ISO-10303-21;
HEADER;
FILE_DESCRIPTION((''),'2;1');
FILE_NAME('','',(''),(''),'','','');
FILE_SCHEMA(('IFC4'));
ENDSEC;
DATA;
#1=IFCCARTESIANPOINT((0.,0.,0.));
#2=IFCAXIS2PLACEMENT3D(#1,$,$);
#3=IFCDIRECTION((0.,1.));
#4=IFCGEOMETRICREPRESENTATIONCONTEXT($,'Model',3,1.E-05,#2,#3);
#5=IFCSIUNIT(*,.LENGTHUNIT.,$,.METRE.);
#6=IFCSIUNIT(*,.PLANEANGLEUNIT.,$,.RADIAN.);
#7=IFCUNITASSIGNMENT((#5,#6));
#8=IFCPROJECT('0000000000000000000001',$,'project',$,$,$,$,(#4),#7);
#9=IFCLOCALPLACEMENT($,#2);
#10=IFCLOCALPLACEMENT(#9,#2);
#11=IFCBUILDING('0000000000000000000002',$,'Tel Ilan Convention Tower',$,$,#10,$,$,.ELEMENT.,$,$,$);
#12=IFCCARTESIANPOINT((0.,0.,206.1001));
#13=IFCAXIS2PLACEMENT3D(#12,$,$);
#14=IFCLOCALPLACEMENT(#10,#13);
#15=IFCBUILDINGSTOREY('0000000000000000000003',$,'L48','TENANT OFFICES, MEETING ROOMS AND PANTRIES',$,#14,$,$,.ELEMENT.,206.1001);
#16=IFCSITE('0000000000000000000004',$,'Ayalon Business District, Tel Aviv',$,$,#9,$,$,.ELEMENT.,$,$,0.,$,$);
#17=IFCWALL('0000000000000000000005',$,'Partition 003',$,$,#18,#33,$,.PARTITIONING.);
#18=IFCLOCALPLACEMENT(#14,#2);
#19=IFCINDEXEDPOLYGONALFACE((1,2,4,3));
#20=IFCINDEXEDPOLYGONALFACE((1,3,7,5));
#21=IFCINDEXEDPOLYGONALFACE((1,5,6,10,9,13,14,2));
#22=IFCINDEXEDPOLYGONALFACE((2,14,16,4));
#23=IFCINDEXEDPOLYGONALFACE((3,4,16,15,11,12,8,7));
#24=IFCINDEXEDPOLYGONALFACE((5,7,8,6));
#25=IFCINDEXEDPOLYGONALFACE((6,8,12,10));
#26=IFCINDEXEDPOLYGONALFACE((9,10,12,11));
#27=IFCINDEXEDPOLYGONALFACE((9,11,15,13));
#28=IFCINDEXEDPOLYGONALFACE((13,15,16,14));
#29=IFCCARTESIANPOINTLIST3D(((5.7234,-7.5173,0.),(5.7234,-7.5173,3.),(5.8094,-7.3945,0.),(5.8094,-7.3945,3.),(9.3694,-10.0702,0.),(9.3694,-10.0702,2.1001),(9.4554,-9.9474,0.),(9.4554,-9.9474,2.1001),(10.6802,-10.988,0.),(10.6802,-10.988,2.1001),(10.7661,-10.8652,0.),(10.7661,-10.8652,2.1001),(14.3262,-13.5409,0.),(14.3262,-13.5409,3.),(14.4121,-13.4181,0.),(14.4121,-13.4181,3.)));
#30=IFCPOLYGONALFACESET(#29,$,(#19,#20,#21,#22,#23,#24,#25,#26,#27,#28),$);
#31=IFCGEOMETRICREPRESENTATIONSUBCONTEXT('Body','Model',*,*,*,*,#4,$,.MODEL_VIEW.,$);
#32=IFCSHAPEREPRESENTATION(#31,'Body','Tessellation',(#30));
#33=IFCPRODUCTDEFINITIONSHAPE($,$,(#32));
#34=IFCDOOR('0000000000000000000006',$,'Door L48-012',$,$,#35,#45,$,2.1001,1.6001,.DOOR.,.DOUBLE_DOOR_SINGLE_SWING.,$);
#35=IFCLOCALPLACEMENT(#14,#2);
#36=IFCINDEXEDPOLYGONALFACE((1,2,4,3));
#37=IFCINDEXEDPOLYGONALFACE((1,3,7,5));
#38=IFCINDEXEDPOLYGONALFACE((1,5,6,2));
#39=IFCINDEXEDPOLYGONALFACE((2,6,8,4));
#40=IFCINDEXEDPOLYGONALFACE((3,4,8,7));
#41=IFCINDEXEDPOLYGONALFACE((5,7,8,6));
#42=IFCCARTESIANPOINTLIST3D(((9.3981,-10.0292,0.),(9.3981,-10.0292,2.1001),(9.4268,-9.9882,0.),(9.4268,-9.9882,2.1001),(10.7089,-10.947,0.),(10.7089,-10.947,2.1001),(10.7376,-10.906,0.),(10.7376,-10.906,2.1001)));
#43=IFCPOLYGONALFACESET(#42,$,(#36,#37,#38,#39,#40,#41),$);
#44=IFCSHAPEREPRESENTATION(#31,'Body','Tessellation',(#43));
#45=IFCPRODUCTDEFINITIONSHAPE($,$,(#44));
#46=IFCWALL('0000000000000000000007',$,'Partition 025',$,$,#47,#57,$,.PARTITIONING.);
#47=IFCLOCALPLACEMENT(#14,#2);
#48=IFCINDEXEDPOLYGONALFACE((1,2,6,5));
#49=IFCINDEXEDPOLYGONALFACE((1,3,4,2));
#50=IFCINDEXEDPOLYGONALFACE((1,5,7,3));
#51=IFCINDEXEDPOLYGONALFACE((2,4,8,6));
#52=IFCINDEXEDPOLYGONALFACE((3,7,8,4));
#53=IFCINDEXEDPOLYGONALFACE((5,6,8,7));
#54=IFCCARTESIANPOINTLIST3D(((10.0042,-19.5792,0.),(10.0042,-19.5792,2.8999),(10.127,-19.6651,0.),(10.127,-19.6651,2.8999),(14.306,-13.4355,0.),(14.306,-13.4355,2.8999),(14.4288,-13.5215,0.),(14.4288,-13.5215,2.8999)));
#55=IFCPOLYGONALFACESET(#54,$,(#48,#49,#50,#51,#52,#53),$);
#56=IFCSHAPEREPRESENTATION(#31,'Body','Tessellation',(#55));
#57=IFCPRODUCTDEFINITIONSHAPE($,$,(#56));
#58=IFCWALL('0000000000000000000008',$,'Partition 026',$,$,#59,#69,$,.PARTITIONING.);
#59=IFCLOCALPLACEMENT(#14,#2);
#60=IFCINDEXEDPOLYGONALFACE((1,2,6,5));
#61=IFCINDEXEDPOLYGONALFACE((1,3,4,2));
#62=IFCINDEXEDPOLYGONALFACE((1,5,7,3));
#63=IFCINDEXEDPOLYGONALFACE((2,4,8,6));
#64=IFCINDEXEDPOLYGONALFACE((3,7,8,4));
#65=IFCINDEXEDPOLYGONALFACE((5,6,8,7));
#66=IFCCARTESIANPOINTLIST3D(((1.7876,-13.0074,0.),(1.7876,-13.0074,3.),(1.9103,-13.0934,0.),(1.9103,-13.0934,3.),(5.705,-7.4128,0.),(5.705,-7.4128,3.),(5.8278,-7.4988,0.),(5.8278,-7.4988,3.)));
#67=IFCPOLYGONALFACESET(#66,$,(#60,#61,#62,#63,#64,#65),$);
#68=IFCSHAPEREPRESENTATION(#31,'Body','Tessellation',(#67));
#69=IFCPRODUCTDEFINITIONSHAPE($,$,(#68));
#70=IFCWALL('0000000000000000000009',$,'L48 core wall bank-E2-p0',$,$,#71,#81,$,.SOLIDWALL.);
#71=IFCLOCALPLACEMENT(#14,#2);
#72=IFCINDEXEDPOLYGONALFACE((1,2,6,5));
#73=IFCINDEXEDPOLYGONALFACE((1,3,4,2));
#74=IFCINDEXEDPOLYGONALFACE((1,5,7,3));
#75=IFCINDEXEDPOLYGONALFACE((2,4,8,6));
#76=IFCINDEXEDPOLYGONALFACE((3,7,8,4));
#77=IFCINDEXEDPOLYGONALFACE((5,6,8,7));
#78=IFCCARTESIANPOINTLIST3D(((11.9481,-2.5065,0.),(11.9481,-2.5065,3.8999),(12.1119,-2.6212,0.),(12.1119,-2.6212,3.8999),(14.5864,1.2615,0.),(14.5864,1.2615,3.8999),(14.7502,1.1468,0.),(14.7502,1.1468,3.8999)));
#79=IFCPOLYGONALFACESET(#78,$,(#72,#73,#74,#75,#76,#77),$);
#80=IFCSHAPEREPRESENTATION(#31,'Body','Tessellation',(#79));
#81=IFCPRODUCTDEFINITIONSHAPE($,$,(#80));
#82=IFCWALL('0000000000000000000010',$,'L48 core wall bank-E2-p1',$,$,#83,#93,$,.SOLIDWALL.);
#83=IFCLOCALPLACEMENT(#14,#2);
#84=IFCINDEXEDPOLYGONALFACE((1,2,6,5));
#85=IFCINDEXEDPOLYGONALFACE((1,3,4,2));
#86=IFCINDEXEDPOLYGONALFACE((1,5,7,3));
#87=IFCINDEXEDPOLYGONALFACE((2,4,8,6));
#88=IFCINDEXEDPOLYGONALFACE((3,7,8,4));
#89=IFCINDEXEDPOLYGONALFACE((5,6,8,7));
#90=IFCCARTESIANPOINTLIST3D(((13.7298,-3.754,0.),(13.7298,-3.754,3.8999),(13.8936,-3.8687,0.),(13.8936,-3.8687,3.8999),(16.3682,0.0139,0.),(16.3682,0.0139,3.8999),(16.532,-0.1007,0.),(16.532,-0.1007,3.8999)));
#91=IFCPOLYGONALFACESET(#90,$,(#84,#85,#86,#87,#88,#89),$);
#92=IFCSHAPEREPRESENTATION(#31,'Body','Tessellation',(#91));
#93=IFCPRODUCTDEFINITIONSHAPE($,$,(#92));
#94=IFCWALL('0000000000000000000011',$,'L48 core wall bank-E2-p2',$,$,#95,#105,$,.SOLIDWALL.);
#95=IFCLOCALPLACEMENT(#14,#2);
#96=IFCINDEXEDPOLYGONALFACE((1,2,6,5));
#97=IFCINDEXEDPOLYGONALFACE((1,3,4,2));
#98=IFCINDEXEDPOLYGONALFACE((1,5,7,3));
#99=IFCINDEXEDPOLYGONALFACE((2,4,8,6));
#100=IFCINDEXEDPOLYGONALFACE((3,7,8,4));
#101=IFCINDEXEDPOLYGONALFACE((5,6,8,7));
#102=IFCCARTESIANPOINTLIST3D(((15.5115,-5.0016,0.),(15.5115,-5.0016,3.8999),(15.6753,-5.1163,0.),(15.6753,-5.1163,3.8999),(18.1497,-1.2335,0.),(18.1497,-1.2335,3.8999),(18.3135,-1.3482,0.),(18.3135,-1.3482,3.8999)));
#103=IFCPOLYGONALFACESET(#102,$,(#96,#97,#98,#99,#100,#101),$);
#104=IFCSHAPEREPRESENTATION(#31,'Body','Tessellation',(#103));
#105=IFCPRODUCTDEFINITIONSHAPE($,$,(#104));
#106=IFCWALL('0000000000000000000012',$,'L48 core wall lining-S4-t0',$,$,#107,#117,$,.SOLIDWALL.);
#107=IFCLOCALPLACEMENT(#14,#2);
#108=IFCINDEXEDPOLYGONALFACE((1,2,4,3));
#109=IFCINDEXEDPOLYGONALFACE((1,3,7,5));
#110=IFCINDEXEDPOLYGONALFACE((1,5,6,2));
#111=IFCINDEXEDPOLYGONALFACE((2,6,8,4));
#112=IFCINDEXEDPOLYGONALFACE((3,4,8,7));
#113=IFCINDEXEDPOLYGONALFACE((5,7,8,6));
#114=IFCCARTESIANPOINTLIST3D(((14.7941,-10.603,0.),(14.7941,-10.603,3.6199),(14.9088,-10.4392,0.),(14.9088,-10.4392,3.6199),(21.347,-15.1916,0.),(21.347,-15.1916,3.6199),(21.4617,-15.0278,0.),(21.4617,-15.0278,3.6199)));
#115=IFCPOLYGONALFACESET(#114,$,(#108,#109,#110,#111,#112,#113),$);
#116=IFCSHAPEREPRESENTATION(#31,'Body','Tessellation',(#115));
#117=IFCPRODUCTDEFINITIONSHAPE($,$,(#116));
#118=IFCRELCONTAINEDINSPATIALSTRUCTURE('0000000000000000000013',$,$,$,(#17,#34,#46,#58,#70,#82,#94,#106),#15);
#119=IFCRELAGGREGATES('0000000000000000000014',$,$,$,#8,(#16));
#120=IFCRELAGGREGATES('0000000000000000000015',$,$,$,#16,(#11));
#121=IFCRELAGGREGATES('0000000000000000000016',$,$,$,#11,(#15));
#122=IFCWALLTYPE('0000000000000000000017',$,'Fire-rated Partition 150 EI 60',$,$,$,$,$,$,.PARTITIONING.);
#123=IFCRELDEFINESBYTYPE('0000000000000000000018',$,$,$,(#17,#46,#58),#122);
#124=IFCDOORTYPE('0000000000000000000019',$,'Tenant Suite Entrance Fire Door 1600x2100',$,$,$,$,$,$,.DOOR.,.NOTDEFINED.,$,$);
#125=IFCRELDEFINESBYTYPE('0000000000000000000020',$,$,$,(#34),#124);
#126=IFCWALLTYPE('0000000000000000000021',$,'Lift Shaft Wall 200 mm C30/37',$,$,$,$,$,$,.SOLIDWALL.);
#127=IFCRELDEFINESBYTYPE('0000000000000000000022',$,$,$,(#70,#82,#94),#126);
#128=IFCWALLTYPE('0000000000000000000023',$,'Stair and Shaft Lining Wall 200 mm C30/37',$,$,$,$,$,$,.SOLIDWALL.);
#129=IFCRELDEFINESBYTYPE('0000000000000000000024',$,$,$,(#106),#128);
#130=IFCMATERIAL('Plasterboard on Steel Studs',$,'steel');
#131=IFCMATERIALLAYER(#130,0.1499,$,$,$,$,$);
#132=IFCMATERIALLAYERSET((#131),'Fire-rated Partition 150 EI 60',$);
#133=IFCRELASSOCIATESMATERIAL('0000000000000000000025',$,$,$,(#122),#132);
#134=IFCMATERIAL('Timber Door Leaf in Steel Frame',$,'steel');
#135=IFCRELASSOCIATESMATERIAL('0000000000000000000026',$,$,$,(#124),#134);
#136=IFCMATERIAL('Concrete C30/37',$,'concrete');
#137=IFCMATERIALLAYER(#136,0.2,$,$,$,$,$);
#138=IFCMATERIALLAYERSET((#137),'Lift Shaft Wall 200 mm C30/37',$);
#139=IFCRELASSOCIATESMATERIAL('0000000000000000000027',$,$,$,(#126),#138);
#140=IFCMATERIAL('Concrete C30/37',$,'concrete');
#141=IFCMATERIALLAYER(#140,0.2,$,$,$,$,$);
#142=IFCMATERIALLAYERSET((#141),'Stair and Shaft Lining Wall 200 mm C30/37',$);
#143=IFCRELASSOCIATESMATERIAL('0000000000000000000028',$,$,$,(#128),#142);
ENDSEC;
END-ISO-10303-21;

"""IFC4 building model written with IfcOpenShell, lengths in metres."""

from ifc_helpers import new_model, si_unit, direction, frame, frame_2d, origin, place, context, subcontext, project, spatial, rectangle, extrude, material, layer, layer_set, type_object, element, fill, save


model = new_model("IFC4")

# Units and contexts
model_context = context("Model", 3, precision=1e-05, world=origin(), true_north=direction((0.0, 1.0)))
body_context = subcontext(model_context, "Body", "Model", "MODEL_VIEW")
ifc_project = project(units=[si_unit("LENGTHUNIT", "METRE"), si_unit("PLANEANGLEUNIT", "RADIAN")], contexts=[model_context])

# Site, building, storey
site_placement = place(None, origin())
site = spatial("IfcSite", under=ifc_project, at=site_placement, Name="Ayalon Business District, Tel Aviv", CompositionType="ELEMENT", RefElevation=0.0)
building_placement = place(site_placement, origin())
building = spatial("IfcBuilding", under=site, at=building_placement, Name="Tel Ilan Convention Tower", CompositionType="ELEMENT")
storey_placement = place(building_placement, frame((0.0, 0.0, 206.1001)))
storey = spatial("IfcBuildingStorey", under=building, at=storey_placement, Name="L48", Description="TENANT OFFICES, MEETING ROOMS AND PANTRIES", CompositionType="ELEMENT", Elevation=206.1001)

# Wall, opening, door
ifc_material_1 = material(Name="Plasterboard on Steel Studs", Category="steel")
ifc_layer_1 = layer(ifc_material_1, 0.1499)
ifc_layer_set_1 = layer_set([ifc_layer_1], Name="Fire-rated Partition 150 EI 60")
wall_type_1 = type_object("IfcWallType", Name="Fire-rated Partition 150 EI 60", PredefinedType="PARTITIONING", material=ifc_layer_set_1)
wall_1_placement = place(storey_placement, frame((14.3691, -13.4795, 0.0), z_axis=(0.0, 0.0, 1.0), x_axis=(-0.819154, 0.573573, 0.0)))
wall_1 = element("IfcWall", 1, at=wall_1_placement, inside=storey, type_object=wall_type_1, Name="Partition 003", PredefinedType="PARTITIONING", context=body_context, shape_type="SweptSolid", body=[
    extrude(rectangle(XDim=10.502, YDim=0.1499, at=frame_2d((5.251, 0.0))), origin(), (0.0, 0.0, 1.0), 3.0),
])
opening_1_placement = place(wall_1_placement, frame((4.4509, 0.0, 0.0)))
opening_1 = element("IfcOpeningElement", 2, at=opening_1_placement, cuts=wall_1, PredefinedType="OPENING", context=body_context, shape_type="SweptSolid", body=[
    extrude(rectangle(XDim=1.6001, YDim=2.1001, at=frame_2d((0.8, 1.05))), frame((0.0, 0.085, 0.0), z_axis=(0.0, -1.0, 0.0), x_axis=(1.0, 0.0, 0.0)), (0.0, 0.0, 1.0), 0.1699),
])
ifc_material_2 = material(Name="Timber Door Leaf in Steel Frame", Category="steel")
door_type_1 = type_object("IfcDoorType", Name="Tenant Suite Entrance Fire Door 1600x2100", OperationType="NOTDEFINED", PredefinedType="DOOR", material=ifc_material_2)
door_1_placement = place(opening_1_placement, origin())
door_1 = element("IfcDoor", 3, at=door_1_placement, inside=storey, type_object=door_type_1, Name="Door L48-012", OperationType="DOUBLE_DOOR_SINGLE_SWING", OverallHeight=2.1001, OverallWidth=1.6001, PredefinedType="DOOR", context=body_context, shape_type="SweptSolid", body=[
    extrude(rectangle(XDim=1.6001, YDim=2.1001, at=frame_2d((0.8, 1.05))), frame((0.0, 0.0249, 0.0), z_axis=(0.0, -1.0, 0.0), x_axis=(1.0, 0.0, 0.0)), (0.0, 0.0, 1.0), 0.05),
])
fill(opening_1, door_1)

# Walls
wall_2_placement = place(storey_placement, frame((14.3674, -13.4785, 0.0), z_axis=(0.0, 0.0, 1.0), x_axis=(-0.573576, -0.819152, 0.0)))
element("IfcWall", 4, at=wall_2_placement, inside=storey, type_object=wall_type_1, Name="Partition 025", PredefinedType="PARTITIONING", context=body_context, shape_type="SweptSolid", body=[
    extrude(rectangle(XDim=7.5, YDim=0.1499, at=frame_2d((3.75, 0.0))), origin(), (0.0, 0.0, 1.0), 2.8999),
])
wall_3_placement = place(storey_placement, frame((1.8489, -13.0505, 0.0), z_axis=(0.0, 0.0, 1.0), x_axis=(0.573577, 0.819151, 0.0)))
element("IfcWall", 5, at=wall_3_placement, inside=storey, type_object=wall_type_1, Name="Partition 026", PredefinedType="PARTITIONING", context=body_context, shape_type="SweptSolid", body=[
    extrude(rectangle(XDim=6.8298, YDim=0.1499, at=frame_2d((3.415, 0.0))), origin(), (0.0, 0.0, 1.0), 3.0),
])
ifc_material_3 = material(Name="Concrete C30/37", Category="concrete")
ifc_layer_2 = layer(ifc_material_3, 0.2)
ifc_layer_set_2 = layer_set([ifc_layer_2], Name="Lift Shaft Wall 200 mm C30/37")
wall_type_2 = type_object("IfcWallType", Name="Lift Shaft Wall 200 mm C30/37", PredefinedType="SOLIDWALL", material=ifc_layer_set_2)
for number, where, z_axis, x_axis, name in (
    (6, (12.03, -2.5637, 0.0), (0.0, 0.0, 1.0), (0.573576, 0.819152, 0.0), "L48 core wall bank-E2-p0"),
    (7, (13.8118, -3.8113, 0.0), (0.0, 0.0, 1.0), (0.573576, 0.819152, 0.0), "L48 core wall bank-E2-p1"),
    (8, (15.5935, -5.0588, 0.0), (0.0, 0.0, 1.0), (0.573541, 0.819177, 0.0), "L48 core wall bank-E2-p2"),
):
    element("IfcWall", number, at=place(storey_placement, frame(where, z_axis=z_axis, x_axis=x_axis)), inside=storey, type_object=wall_type_2, Name=name, PredefinedType="SOLIDWALL", context=body_context, shape_type="SweptSolid", body=[
        extrude(rectangle(XDim=4.5999, YDim=0.2, at=frame_2d((2.2998, 0.0))), origin(), (0.0, 0.0, 1.0), 3.8999),
    ])
ifc_material_4 = material(Name="Concrete C30/37", Category="concrete")
ifc_layer_3 = layer(ifc_material_4, 0.2)
ifc_layer_set_3 = layer_set([ifc_layer_3], Name="Stair and Shaft Lining Wall 200 mm C30/37")
wall_type_3 = type_object("IfcWallType", Name="Stair and Shaft Lining Wall 200 mm C30/37", PredefinedType="SOLIDWALL", material=ifc_layer_set_3)
wall_4_placement = place(storey_placement, frame((14.8513, -10.521, 0.0), z_axis=(0.0, 0.0, 1.0), x_axis=(0.819142, -0.573591, 0.0)))
element("IfcWall", 9, at=wall_4_placement, inside=storey, type_object=wall_type_3, Name="L48 core wall lining-S4-t0", PredefinedType="SOLIDWALL", context=body_context, shape_type="SweptSolid", body=[
    extrude(rectangle(XDim=7.9998, YDim=0.2, at=frame_2d((4.0, 0.0))), origin(), (0.0, 0.0, 1.0), 3.6199),
])

save(model, "model.ifc")
